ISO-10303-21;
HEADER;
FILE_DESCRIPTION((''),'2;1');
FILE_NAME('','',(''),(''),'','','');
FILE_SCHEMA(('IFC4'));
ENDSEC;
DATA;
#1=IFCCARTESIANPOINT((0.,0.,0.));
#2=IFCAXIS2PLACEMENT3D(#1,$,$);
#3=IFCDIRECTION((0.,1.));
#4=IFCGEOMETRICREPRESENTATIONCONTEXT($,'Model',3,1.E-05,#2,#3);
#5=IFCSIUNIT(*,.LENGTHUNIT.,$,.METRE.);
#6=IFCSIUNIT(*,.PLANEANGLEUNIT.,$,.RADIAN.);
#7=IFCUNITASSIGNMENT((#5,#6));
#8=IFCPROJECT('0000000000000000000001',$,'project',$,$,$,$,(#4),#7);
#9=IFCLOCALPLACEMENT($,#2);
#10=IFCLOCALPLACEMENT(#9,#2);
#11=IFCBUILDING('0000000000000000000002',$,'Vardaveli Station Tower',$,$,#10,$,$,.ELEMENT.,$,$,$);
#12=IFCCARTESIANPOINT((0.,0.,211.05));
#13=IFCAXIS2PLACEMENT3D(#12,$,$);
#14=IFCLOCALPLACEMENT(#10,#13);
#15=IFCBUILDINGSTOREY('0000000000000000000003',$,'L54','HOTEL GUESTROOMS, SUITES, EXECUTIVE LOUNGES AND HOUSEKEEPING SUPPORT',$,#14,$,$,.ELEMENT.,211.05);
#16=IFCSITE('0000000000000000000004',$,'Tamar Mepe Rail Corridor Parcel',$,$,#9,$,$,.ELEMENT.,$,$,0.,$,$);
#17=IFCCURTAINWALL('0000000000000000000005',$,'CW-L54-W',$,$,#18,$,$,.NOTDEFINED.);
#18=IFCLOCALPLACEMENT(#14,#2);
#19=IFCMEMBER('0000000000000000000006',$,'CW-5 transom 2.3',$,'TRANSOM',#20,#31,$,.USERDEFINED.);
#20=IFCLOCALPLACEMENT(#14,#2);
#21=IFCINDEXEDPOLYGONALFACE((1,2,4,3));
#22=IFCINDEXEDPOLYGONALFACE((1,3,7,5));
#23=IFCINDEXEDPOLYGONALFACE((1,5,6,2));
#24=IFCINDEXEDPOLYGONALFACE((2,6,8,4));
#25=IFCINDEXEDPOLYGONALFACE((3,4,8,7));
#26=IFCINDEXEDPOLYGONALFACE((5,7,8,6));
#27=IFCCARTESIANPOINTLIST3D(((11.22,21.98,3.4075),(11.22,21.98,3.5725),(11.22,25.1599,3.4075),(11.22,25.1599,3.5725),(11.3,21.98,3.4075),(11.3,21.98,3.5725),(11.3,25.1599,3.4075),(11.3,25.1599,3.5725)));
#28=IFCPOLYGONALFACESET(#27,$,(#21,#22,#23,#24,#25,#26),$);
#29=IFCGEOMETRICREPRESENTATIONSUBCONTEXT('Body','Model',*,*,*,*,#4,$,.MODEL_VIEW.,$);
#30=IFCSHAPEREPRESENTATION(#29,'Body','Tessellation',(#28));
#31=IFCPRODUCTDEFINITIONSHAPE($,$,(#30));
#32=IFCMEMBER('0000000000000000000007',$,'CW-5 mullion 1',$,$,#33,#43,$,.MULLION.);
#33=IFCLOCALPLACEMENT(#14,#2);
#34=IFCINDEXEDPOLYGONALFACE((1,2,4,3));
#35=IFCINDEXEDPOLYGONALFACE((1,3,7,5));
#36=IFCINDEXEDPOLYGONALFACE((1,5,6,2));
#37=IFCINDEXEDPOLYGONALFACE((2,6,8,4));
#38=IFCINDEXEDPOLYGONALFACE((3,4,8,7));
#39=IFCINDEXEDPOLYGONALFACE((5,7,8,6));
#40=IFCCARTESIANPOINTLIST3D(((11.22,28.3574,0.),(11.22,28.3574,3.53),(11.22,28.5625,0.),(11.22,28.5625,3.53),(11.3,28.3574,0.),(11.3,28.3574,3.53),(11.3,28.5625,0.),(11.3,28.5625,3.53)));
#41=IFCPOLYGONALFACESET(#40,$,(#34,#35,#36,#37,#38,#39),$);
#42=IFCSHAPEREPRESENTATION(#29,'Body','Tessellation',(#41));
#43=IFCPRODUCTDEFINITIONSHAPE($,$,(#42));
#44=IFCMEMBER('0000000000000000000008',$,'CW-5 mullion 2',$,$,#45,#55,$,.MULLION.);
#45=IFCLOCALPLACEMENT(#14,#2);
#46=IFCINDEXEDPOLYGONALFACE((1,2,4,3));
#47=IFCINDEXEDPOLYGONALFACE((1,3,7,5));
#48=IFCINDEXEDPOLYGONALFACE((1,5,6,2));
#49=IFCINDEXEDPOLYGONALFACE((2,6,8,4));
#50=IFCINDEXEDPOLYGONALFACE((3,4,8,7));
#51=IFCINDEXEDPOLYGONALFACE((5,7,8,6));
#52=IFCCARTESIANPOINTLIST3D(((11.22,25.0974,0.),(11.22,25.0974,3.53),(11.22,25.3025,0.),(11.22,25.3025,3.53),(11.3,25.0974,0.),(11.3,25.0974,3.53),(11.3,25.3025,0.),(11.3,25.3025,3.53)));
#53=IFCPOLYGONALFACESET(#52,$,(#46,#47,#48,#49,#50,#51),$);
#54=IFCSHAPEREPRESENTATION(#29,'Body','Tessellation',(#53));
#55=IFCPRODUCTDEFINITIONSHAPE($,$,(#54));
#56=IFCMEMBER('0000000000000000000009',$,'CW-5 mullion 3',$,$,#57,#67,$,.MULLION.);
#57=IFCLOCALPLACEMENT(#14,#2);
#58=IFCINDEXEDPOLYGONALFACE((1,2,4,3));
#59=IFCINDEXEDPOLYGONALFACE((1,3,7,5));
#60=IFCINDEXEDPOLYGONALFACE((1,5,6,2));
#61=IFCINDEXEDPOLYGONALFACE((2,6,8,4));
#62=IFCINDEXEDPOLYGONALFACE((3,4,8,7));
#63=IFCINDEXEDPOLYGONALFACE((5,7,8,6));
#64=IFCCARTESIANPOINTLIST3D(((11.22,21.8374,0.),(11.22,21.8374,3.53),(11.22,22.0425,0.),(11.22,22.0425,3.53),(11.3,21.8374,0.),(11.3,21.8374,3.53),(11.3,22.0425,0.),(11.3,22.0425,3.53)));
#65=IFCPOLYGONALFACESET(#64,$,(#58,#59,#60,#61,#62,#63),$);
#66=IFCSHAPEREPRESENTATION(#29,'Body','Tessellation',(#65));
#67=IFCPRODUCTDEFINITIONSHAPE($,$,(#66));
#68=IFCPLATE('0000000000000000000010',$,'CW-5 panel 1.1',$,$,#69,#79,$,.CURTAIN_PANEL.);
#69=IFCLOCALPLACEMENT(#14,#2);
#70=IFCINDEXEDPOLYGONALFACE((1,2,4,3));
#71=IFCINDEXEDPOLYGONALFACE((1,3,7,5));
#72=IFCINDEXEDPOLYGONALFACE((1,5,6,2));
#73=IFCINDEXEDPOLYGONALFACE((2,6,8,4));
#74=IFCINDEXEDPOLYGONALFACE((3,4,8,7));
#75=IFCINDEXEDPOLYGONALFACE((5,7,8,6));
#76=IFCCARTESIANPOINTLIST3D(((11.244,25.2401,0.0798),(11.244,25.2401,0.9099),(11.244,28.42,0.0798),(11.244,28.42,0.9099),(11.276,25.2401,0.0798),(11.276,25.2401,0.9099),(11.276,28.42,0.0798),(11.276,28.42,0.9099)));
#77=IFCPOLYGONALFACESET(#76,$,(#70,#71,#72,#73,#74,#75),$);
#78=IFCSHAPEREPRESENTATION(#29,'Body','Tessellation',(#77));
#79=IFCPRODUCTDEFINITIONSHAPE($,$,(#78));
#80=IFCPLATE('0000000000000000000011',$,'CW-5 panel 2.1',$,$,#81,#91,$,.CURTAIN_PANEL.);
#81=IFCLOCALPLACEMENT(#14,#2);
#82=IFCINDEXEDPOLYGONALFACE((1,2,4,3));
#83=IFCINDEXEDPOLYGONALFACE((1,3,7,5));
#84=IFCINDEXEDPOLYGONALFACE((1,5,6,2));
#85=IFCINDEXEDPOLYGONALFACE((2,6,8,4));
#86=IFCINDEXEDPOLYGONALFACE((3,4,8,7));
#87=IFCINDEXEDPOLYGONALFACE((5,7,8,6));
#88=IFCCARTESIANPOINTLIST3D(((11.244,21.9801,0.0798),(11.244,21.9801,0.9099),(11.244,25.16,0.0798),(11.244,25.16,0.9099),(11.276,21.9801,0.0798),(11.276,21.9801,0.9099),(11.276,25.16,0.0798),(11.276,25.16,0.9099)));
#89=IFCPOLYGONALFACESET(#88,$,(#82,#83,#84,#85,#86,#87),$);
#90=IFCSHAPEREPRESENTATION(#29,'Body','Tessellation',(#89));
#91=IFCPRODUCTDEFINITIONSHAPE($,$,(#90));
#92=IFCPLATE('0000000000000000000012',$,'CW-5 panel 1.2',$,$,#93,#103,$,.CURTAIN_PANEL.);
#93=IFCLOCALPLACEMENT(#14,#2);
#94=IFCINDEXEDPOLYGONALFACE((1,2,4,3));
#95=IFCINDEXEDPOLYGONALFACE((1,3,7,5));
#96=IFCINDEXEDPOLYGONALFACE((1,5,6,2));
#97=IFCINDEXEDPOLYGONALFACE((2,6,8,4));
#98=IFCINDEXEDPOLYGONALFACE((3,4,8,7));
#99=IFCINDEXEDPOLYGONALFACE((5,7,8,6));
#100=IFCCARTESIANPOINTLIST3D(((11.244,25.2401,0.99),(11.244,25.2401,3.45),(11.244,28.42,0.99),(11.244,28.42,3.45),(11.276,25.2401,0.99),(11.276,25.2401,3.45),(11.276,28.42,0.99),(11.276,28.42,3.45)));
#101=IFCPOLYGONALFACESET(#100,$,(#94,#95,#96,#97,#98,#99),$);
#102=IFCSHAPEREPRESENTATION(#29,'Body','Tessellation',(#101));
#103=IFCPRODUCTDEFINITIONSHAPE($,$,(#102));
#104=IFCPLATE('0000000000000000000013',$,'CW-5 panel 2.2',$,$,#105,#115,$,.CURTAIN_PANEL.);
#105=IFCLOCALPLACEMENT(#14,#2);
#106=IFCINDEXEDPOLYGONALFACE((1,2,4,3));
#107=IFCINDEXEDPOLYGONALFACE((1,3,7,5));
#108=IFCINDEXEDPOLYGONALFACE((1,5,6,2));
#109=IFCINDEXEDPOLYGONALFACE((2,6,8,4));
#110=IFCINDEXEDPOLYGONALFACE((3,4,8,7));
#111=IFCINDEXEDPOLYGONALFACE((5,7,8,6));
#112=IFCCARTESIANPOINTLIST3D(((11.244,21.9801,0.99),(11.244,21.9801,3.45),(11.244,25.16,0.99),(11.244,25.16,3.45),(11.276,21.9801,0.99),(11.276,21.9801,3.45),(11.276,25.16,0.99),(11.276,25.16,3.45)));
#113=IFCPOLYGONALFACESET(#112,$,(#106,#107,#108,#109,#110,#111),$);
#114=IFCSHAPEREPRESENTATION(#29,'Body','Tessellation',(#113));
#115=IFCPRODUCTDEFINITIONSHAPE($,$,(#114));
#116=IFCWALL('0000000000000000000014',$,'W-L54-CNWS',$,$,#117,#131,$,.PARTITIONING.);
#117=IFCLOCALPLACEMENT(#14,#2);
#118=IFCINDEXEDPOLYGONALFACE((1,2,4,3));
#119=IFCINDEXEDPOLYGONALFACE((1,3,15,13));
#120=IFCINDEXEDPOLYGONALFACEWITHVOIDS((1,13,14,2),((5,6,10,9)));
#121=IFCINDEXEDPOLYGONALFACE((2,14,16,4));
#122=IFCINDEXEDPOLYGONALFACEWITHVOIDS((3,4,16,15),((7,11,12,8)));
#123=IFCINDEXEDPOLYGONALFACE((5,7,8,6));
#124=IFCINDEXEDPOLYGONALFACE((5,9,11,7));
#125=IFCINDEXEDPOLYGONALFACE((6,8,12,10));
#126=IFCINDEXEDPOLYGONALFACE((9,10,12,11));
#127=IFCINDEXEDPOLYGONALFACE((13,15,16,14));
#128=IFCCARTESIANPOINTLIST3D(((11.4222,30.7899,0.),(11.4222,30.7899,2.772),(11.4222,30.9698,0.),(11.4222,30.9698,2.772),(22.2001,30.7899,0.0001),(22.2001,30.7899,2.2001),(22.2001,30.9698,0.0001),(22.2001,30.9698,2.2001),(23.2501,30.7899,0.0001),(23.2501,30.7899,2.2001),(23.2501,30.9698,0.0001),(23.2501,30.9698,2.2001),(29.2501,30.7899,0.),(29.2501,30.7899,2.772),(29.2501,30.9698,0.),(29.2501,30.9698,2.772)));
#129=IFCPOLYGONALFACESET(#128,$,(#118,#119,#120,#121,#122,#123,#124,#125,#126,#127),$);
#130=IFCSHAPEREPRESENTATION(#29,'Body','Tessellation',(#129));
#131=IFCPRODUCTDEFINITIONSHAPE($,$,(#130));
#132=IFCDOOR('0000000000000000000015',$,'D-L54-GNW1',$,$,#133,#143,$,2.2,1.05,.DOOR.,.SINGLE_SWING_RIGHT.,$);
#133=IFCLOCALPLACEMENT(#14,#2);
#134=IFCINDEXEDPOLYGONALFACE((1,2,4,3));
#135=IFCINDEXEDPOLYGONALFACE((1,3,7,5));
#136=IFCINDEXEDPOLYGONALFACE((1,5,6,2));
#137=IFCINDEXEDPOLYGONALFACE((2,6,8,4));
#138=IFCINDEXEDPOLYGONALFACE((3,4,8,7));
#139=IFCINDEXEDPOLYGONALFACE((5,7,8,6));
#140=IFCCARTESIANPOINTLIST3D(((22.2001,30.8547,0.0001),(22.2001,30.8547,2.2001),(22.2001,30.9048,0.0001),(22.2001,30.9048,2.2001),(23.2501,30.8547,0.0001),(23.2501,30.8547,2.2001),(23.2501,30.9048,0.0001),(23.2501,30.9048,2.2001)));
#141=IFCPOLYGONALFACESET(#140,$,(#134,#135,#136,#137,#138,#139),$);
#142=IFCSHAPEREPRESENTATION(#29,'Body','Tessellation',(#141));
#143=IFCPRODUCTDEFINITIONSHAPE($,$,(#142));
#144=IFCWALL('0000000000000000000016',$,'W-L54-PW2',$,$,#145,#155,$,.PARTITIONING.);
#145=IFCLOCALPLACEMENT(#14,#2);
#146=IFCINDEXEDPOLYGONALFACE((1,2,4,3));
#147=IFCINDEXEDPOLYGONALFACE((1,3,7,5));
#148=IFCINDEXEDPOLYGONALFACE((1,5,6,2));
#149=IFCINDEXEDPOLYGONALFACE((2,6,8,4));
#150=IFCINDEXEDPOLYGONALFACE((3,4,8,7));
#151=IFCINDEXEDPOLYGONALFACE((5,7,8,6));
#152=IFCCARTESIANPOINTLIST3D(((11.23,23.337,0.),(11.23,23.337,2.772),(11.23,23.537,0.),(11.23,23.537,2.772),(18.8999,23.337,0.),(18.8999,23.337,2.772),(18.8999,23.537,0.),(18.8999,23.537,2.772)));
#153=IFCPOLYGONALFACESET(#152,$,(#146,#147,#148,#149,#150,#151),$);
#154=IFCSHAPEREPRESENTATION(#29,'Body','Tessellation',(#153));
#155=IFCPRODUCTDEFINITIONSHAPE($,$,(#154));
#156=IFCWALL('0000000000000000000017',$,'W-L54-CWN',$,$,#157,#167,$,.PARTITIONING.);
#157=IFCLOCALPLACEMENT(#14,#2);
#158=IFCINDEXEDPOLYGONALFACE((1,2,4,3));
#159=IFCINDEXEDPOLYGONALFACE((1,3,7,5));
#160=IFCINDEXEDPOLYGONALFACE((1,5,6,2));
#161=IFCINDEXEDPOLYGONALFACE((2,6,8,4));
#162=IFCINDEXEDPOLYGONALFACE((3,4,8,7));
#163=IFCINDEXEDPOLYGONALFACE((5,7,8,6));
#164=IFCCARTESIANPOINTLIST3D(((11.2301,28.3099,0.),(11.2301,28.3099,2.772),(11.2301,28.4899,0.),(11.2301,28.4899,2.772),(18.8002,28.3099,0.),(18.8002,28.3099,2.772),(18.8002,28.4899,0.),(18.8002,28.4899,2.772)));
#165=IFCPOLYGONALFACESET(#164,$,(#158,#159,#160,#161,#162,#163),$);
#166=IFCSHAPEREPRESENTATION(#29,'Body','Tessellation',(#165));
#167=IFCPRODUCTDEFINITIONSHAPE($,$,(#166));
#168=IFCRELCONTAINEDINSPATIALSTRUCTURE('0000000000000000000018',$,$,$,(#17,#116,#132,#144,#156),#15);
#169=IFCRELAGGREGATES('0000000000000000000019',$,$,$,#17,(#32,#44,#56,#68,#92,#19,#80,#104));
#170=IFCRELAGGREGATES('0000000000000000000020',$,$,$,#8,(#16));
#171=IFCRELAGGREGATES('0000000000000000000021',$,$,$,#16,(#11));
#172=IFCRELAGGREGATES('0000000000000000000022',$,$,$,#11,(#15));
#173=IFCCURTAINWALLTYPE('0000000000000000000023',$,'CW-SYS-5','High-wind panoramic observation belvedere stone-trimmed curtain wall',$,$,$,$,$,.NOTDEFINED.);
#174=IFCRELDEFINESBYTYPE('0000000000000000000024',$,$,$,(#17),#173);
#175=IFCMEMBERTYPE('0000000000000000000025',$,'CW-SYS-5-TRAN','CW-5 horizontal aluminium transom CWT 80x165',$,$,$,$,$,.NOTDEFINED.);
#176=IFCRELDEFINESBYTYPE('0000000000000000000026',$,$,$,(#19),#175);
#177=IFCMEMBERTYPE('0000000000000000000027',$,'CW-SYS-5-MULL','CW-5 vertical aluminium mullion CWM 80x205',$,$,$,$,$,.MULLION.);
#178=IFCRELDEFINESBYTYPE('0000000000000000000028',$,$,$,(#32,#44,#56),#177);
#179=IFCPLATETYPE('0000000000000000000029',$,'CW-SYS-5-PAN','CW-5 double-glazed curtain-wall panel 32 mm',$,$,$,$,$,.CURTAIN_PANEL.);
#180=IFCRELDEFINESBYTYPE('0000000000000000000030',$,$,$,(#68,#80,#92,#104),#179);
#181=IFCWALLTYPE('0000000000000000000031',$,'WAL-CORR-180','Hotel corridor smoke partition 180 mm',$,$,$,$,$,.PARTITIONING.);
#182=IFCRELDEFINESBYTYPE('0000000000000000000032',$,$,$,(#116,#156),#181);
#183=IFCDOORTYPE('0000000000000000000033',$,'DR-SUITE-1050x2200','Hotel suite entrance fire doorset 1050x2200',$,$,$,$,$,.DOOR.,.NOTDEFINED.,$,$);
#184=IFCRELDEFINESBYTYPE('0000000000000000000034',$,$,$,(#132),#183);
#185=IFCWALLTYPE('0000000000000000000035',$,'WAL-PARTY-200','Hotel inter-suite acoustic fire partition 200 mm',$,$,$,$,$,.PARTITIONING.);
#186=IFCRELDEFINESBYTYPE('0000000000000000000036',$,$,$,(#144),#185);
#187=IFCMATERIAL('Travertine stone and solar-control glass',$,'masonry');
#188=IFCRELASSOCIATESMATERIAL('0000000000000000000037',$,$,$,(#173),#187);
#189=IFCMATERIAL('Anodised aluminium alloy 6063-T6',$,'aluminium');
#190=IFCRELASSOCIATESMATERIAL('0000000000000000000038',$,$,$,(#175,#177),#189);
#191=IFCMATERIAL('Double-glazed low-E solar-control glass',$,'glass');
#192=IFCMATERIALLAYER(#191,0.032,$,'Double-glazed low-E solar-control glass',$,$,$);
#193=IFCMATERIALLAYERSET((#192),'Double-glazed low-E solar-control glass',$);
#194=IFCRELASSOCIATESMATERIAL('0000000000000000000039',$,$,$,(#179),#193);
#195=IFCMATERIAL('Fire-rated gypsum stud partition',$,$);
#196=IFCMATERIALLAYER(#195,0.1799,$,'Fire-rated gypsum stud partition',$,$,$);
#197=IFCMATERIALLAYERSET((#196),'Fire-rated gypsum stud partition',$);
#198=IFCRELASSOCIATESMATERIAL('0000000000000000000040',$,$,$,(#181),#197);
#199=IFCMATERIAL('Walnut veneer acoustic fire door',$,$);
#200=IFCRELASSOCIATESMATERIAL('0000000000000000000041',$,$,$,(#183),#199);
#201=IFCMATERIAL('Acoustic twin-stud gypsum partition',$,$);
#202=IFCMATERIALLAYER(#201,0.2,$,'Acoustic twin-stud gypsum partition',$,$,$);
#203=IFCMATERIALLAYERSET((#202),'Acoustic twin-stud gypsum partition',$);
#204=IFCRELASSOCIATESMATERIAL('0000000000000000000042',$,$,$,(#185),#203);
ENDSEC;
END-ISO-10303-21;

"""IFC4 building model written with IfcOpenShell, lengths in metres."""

from ifc_helpers import new_model, si_unit, direction, frame, frame_2d, origin, origin_2d, place, context, subcontext, project, spatial, rectangle, extrude, source, transform, mapped, material, layer, layer_set, material_profile, profile_set, type_object, element, fill, aggregate, save


model = new_model("IFC4")

# Units and contexts
model_context = context("Model", 3, precision=1e-05, world=origin(), true_north=direction((0.0, 1.0)))
body_context = subcontext(model_context, "Body", "Model", "MODEL_VIEW")
ifc_project = project(units=[si_unit("LENGTHUNIT", "METRE"), si_unit("PLANEANGLEUNIT", "RADIAN")], contexts=[model_context])

# Site, building, storey
site_placement = place(None, origin())
site = spatial("IfcSite", under=ifc_project, at=site_placement, Name="Tamar Mepe Rail Corridor Parcel", CompositionType="ELEMENT", RefElevation=0.0)
building_placement = place(site_placement, origin())
building = spatial("IfcBuilding", under=site, at=building_placement, Name="Vardaveli Station Tower", CompositionType="ELEMENT")
storey_placement = place(building_placement, frame((0.0, 0.0, 211.05)))
storey = spatial("IfcBuildingStorey", under=building, at=storey_placement, Name="L54", Description="HOTEL GUESTROOMS, SUITES, EXECUTIVE LOUNGES AND HOUSEKEEPING SUPPORT", CompositionType="ELEMENT", Elevation=211.05)

# Curtain wall, members, plates
ifc_material_1 = material(Name="Travertine stone and solar-control glass", Category="masonry")
curtain_wall_type = type_object("IfcCurtainWallType", Name="CW-SYS-5", Description="High-wind panoramic observation belvedere stone-trimmed curtain wall", PredefinedType="NOTDEFINED", material=ifc_material_1)
curtain_wall_placement = place(storey_placement, origin())
curtain_wall = element("IfcCurtainWall", 1, at=curtain_wall_placement, inside=storey, type_object=curtain_wall_type, Name="CW-L54-W", PredefinedType="NOTDEFINED")
ifc_material_2 = material(Name="Anodised aluminium alloy 6063-T6", Category="aluminium")
ifc_material_profile_1 = material_profile(ifc_material_2, rectangle(XDim=0.0801, YDim=0.165, at=origin_2d()), Name="CWT 80x165")
ifc_profile_set_1 = profile_set([ifc_material_profile_1], Name="Anodised aluminium alloy 6063-T6")
member_type_1 = type_object("IfcMemberType", Name="CW-SYS-5-TRAN", Description="CW-5 horizontal aluminium transom CWT 80x165", PredefinedType="NOTDEFINED", material=ifc_profile_set_1)
shared_shape_1 = source(origin(), body_context, "Body", "SweptSolid", [
    extrude(rectangle(XDim=0.0801, YDim=0.165, at=origin_2d()), origin(), (0.0, 0.0, 1.0), 3.1799),
])
member_1_placement = place(storey_placement, frame((11.26, 25.1599, 3.49), z_axis=(0.0, -1.0, 0.0), x_axis=(1.0, 0.0, 0.0)))
member_1 = element("IfcMember", 2, at=member_1_placement, type_object=member_type_1, Name="CW-5 transom 2.3", ObjectType="TRANSOM", PredefinedType="USERDEFINED", context=body_context, shape_type="MappedRepresentation", body=[
    mapped(shared_shape_1, transform((0.0, 0.0, 0.0), scale=1.0)),
])
ifc_material_profile_2 = material_profile(ifc_material_2, rectangle(XDim=0.0801, YDim=0.2051, at=origin_2d()), Name="CWM 80x205")
ifc_profile_set_2 = profile_set([ifc_material_profile_2], Name="Anodised aluminium alloy 6063-T6")
member_type_2 = type_object("IfcMemberType", Name="CW-SYS-5-MULL", Description="CW-5 vertical aluminium mullion CWM 80x205", PredefinedType="MULLION", material=ifc_profile_set_2)
shared_shape_2 = source(origin(), body_context, "Body", "SweptSolid", [
    extrude(rectangle(XDim=0.0801, YDim=0.2051, at=origin_2d()), origin(), (0.0, 0.0, 1.0), 3.53),
])
member_2_placement = place(storey_placement, frame((11.26, 28.46, 0.0), z_axis=(0.0, 0.0, 1.0), x_axis=(1.0, 0.0, 0.0)))
member_2 = element("IfcMember", 3, at=member_2_placement, type_object=member_type_2, Name="CW-5 mullion 1", PredefinedType="MULLION", context=body_context, shape_type="MappedRepresentation", body=[
    mapped(shared_shape_2, transform((0.0, 0.0, 0.0), scale=1.0)),
])
member_3_placement = place(storey_placement, frame((11.26, 25.2, 0.0), z_axis=(0.0, 0.0, 1.0), x_axis=(1.0, 0.0, 0.0)))
member_3 = element("IfcMember", 4, at=member_3_placement, type_object=member_type_2, Name="CW-5 mullion 2", PredefinedType="MULLION", context=body_context, shape_type="MappedRepresentation", body=[
    mapped(shared_shape_2, transform((0.0, 0.0, 0.0), scale=1.0)),
])
member_4_placement = place(storey_placement, frame((11.26, 21.9399, 0.0), z_axis=(0.0, 0.0, 1.0), x_axis=(1.0, 0.0, 0.0)))
member_4 = element("IfcMember", 5, at=member_4_placement, type_object=member_type_2, Name="CW-5 mullion 3", PredefinedType="MULLION", context=body_context, shape_type="MappedRepresentation", body=[
    mapped(shared_shape_2, transform((0.0, 0.0, 0.0), scale=1.0)),
])
ifc_material_3 = material(Name="Double-glazed low-E solar-control glass", Category="glass")
ifc_layer_1 = layer(ifc_material_3, 0.032, Name="Double-glazed low-E solar-control glass")
ifc_layer_set_1 = layer_set([ifc_layer_1], Name="Double-glazed low-E solar-control glass")
plate_type = type_object("IfcPlateType", Name="CW-SYS-5-PAN", Description="CW-5 double-glazed curtain-wall panel 32 mm", PredefinedType="CURTAIN_PANEL", material=ifc_layer_set_1)
shared_shape_3 = source(origin(), body_context, "Body", "SweptSolid", [
    extrude(rectangle(XDim=3.1799, YDim=0.032, at=origin_2d()), origin(), (0.0, 0.0, 1.0), 0.8301),
])
plate_1_placement = place(storey_placement, frame((11.26, 26.8301, 0.0798), z_axis=(0.0, 0.0, 1.0), x_axis=(0.0, -1.0, 0.0)))
plate_1 = element("IfcPlate", 6, at=plate_1_placement, type_object=plate_type, Name="CW-5 panel 1.1", PredefinedType="CURTAIN_PANEL", context=body_context, shape_type="MappedRepresentation", body=[
    mapped(shared_shape_3, transform((0.0, 0.0, 0.0), scale=1.0)),
])
plate_2_placement = place(storey_placement, frame((11.26, 23.5701, 0.0798), z_axis=(0.0, 0.0, 1.0), x_axis=(0.0, -1.0, 0.0)))
plate_2 = element("IfcPlate", 7, at=plate_2_placement, type_object=plate_type, Name="CW-5 panel 2.1", PredefinedType="CURTAIN_PANEL", context=body_context, shape_type="MappedRepresentation", body=[
    mapped(shared_shape_3, transform((0.0, 0.0, 0.0), scale=1.0)),
])
shared_shape_4 = source(origin(), body_context, "Body", "SweptSolid", [
    extrude(rectangle(XDim=3.1799, YDim=0.032, at=origin_2d()), origin(), (0.0, 0.0, 1.0), 2.46),
])
plate_3_placement = place(storey_placement, frame((11.26, 26.8301, 0.99), z_axis=(0.0, 0.0, 1.0), x_axis=(0.0, -1.0, 0.0)))
plate_3 = element("IfcPlate", 8, at=plate_3_placement, type_object=plate_type, Name="CW-5 panel 1.2", PredefinedType="CURTAIN_PANEL", context=body_context, shape_type="MappedRepresentation", body=[
    mapped(shared_shape_4, transform((0.0, 0.0, 0.0), scale=1.0)),
])
plate_4_placement = place(storey_placement, frame((11.26, 23.5701, 0.99), z_axis=(0.0, 0.0, 1.0), x_axis=(0.0, -1.0, 0.0)))
plate_4 = element("IfcPlate", 9, at=plate_4_placement, type_object=plate_type, Name="CW-5 panel 2.2", PredefinedType="CURTAIN_PANEL", context=body_context, shape_type="MappedRepresentation", body=[
    mapped(shared_shape_4, transform((0.0, 0.0, 0.0), scale=1.0)),
])
aggregate(curtain_wall, [member_2, member_3, member_4, plate_1, plate_3, member_1, plate_2, plate_4])

# Wall, opening, door
ifc_material_4 = material(Name="Fire-rated gypsum stud partition")
ifc_layer_2 = layer(ifc_material_4, 0.1799, Name="Fire-rated gypsum stud partition")
ifc_layer_set_2 = layer_set([ifc_layer_2], Name="Fire-rated gypsum stud partition")
wall_type_1 = type_object("IfcWallType", Name="WAL-CORR-180", Description="Hotel corridor smoke partition 180 mm", PredefinedType="PARTITIONING", material=ifc_layer_set_2)
shared_shape_5 = source(origin(), body_context, "Body", "SweptSolid", [
    extrude(rectangle(XDim=17.8279, YDim=0.1799, at=frame_2d((8.9141, 0.0))), origin(), (0.0, 0.0, 1.0), 2.772),
])
wall_1_placement = place(storey_placement, frame((11.4221, 30.8799, 0.0), z_axis=(0.0, 0.0, 1.0), x_axis=(1.0, 0.0, 0.0)))
wall_1 = element("IfcWall", 10, at=wall_1_placement, inside=storey, type_object=wall_type_1, Name="W-L54-CNWS", PredefinedType="PARTITIONING", context=body_context, shape_type="MappedRepresentation", body=[
    mapped(shared_shape_5, transform((0.0, 0.0, 0.0), scale=1.0)),
])
shared_shape_6 = source(origin(), body_context, "Body", "SweptSolid", [
    extrude(rectangle(XDim=1.05, YDim=2.2, at=frame_2d((0.5249, 1.1001))), frame((0.0, 0.1001, 0.0), z_axis=(0.0, -1.0, 0.0), x_axis=(1.0, 0.0, 0.0)), (0.0, 0.0, 1.0), 0.2),
])
opening_placement = place(wall_1_placement, frame((10.7781, 0.0, 0.0)))
opening = element("IfcOpeningElement", 11, at=opening_placement, cuts=wall_1, PredefinedType="OPENING", context=body_context, shape_type="MappedRepresentation", body=[
    mapped(shared_shape_6, transform((0.0, 0.0, 0.0), scale=1.0)),
])
ifc_material_5 = material(Name="Walnut veneer acoustic fire door")
door_type = type_object("IfcDoorType", Name="DR-SUITE-1050x2200", Description="Hotel suite entrance fire doorset 1050x2200", OperationType="NOTDEFINED", PredefinedType="DOOR", material=ifc_material_5)
shared_shape_7 = source(origin(), body_context, "Body", "SweptSolid", [
    extrude(rectangle(XDim=1.05, YDim=2.2, at=frame_2d((0.5249, 1.1001))), frame((0.0, 0.0249, 0.0), z_axis=(0.0, -1.0, 0.0), x_axis=(1.0, 0.0, 0.0)), (0.0, 0.0, 1.0), 0.05),
])
door_placement = place(opening_placement, origin())
door = element("IfcDoor", 12, at=door_placement, inside=storey, type_object=door_type, Name="D-L54-GNW1", OperationType="SINGLE_SWING_RIGHT", OverallHeight=2.2, OverallWidth=1.05, PredefinedType="DOOR", context=body_context, shape_type="MappedRepresentation", body=[
    mapped(shared_shape_7, transform((0.0, 0.0, 0.0), scale=1.0)),
])
fill(opening, door)

# Walls
ifc_material_6 = material(Name="Acoustic twin-stud gypsum partition")
ifc_layer_3 = layer(ifc_material_6, 0.2, Name="Acoustic twin-stud gypsum partition")
ifc_layer_set_3 = layer_set([ifc_layer_3], Name="Acoustic twin-stud gypsum partition")
wall_type_2 = type_object("IfcWallType", Name="WAL-PARTY-200", Description="Hotel inter-suite acoustic fire partition 200 mm", PredefinedType="PARTITIONING", material=ifc_layer_set_3)
shared_shape_8 = source(origin(), body_context, "Body", "SweptSolid", [
    extrude(rectangle(XDim=7.6699, YDim=0.2, at=frame_2d((3.835, 0.0))), origin(), (0.0, 0.0, 1.0), 2.772),
])
wall_2_placement = place(storey_placement, frame((11.23, 23.437, 0.0), z_axis=(0.0, 0.0, 1.0), x_axis=(1.0, 0.0, 0.0)))
element("IfcWall", 13, at=wall_2_placement, inside=storey, type_object=wall_type_2, Name="W-L54-PW2", PredefinedType="PARTITIONING", context=body_context, shape_type="MappedRepresentation", body=[
    mapped(shared_shape_8, transform((0.0, 0.0, 0.0), scale=1.0)),
])
shared_shape_9 = source(origin(), body_context, "Body", "SweptSolid", [
    extrude(rectangle(XDim=7.5701, YDim=0.1799, at=frame_2d((3.7852, 0.0))), origin(), (0.0, 0.0, 1.0), 2.772),
])
wall_3_placement = place(storey_placement, frame((11.23, 28.3999, 0.0), z_axis=(0.0, 0.0, 1.0), x_axis=(1.0, 0.0, 0.0)))
element("IfcWall", 14, at=wall_3_placement, inside=storey, type_object=wall_type_1, Name="W-L54-CWN", PredefinedType="PARTITIONING", context=body_context, shape_type="MappedRepresentation", body=[
    mapped(shared_shape_9, transform((0.0, 0.0, 0.0), scale=1.0)),
])

save(model, "model.ifc")
